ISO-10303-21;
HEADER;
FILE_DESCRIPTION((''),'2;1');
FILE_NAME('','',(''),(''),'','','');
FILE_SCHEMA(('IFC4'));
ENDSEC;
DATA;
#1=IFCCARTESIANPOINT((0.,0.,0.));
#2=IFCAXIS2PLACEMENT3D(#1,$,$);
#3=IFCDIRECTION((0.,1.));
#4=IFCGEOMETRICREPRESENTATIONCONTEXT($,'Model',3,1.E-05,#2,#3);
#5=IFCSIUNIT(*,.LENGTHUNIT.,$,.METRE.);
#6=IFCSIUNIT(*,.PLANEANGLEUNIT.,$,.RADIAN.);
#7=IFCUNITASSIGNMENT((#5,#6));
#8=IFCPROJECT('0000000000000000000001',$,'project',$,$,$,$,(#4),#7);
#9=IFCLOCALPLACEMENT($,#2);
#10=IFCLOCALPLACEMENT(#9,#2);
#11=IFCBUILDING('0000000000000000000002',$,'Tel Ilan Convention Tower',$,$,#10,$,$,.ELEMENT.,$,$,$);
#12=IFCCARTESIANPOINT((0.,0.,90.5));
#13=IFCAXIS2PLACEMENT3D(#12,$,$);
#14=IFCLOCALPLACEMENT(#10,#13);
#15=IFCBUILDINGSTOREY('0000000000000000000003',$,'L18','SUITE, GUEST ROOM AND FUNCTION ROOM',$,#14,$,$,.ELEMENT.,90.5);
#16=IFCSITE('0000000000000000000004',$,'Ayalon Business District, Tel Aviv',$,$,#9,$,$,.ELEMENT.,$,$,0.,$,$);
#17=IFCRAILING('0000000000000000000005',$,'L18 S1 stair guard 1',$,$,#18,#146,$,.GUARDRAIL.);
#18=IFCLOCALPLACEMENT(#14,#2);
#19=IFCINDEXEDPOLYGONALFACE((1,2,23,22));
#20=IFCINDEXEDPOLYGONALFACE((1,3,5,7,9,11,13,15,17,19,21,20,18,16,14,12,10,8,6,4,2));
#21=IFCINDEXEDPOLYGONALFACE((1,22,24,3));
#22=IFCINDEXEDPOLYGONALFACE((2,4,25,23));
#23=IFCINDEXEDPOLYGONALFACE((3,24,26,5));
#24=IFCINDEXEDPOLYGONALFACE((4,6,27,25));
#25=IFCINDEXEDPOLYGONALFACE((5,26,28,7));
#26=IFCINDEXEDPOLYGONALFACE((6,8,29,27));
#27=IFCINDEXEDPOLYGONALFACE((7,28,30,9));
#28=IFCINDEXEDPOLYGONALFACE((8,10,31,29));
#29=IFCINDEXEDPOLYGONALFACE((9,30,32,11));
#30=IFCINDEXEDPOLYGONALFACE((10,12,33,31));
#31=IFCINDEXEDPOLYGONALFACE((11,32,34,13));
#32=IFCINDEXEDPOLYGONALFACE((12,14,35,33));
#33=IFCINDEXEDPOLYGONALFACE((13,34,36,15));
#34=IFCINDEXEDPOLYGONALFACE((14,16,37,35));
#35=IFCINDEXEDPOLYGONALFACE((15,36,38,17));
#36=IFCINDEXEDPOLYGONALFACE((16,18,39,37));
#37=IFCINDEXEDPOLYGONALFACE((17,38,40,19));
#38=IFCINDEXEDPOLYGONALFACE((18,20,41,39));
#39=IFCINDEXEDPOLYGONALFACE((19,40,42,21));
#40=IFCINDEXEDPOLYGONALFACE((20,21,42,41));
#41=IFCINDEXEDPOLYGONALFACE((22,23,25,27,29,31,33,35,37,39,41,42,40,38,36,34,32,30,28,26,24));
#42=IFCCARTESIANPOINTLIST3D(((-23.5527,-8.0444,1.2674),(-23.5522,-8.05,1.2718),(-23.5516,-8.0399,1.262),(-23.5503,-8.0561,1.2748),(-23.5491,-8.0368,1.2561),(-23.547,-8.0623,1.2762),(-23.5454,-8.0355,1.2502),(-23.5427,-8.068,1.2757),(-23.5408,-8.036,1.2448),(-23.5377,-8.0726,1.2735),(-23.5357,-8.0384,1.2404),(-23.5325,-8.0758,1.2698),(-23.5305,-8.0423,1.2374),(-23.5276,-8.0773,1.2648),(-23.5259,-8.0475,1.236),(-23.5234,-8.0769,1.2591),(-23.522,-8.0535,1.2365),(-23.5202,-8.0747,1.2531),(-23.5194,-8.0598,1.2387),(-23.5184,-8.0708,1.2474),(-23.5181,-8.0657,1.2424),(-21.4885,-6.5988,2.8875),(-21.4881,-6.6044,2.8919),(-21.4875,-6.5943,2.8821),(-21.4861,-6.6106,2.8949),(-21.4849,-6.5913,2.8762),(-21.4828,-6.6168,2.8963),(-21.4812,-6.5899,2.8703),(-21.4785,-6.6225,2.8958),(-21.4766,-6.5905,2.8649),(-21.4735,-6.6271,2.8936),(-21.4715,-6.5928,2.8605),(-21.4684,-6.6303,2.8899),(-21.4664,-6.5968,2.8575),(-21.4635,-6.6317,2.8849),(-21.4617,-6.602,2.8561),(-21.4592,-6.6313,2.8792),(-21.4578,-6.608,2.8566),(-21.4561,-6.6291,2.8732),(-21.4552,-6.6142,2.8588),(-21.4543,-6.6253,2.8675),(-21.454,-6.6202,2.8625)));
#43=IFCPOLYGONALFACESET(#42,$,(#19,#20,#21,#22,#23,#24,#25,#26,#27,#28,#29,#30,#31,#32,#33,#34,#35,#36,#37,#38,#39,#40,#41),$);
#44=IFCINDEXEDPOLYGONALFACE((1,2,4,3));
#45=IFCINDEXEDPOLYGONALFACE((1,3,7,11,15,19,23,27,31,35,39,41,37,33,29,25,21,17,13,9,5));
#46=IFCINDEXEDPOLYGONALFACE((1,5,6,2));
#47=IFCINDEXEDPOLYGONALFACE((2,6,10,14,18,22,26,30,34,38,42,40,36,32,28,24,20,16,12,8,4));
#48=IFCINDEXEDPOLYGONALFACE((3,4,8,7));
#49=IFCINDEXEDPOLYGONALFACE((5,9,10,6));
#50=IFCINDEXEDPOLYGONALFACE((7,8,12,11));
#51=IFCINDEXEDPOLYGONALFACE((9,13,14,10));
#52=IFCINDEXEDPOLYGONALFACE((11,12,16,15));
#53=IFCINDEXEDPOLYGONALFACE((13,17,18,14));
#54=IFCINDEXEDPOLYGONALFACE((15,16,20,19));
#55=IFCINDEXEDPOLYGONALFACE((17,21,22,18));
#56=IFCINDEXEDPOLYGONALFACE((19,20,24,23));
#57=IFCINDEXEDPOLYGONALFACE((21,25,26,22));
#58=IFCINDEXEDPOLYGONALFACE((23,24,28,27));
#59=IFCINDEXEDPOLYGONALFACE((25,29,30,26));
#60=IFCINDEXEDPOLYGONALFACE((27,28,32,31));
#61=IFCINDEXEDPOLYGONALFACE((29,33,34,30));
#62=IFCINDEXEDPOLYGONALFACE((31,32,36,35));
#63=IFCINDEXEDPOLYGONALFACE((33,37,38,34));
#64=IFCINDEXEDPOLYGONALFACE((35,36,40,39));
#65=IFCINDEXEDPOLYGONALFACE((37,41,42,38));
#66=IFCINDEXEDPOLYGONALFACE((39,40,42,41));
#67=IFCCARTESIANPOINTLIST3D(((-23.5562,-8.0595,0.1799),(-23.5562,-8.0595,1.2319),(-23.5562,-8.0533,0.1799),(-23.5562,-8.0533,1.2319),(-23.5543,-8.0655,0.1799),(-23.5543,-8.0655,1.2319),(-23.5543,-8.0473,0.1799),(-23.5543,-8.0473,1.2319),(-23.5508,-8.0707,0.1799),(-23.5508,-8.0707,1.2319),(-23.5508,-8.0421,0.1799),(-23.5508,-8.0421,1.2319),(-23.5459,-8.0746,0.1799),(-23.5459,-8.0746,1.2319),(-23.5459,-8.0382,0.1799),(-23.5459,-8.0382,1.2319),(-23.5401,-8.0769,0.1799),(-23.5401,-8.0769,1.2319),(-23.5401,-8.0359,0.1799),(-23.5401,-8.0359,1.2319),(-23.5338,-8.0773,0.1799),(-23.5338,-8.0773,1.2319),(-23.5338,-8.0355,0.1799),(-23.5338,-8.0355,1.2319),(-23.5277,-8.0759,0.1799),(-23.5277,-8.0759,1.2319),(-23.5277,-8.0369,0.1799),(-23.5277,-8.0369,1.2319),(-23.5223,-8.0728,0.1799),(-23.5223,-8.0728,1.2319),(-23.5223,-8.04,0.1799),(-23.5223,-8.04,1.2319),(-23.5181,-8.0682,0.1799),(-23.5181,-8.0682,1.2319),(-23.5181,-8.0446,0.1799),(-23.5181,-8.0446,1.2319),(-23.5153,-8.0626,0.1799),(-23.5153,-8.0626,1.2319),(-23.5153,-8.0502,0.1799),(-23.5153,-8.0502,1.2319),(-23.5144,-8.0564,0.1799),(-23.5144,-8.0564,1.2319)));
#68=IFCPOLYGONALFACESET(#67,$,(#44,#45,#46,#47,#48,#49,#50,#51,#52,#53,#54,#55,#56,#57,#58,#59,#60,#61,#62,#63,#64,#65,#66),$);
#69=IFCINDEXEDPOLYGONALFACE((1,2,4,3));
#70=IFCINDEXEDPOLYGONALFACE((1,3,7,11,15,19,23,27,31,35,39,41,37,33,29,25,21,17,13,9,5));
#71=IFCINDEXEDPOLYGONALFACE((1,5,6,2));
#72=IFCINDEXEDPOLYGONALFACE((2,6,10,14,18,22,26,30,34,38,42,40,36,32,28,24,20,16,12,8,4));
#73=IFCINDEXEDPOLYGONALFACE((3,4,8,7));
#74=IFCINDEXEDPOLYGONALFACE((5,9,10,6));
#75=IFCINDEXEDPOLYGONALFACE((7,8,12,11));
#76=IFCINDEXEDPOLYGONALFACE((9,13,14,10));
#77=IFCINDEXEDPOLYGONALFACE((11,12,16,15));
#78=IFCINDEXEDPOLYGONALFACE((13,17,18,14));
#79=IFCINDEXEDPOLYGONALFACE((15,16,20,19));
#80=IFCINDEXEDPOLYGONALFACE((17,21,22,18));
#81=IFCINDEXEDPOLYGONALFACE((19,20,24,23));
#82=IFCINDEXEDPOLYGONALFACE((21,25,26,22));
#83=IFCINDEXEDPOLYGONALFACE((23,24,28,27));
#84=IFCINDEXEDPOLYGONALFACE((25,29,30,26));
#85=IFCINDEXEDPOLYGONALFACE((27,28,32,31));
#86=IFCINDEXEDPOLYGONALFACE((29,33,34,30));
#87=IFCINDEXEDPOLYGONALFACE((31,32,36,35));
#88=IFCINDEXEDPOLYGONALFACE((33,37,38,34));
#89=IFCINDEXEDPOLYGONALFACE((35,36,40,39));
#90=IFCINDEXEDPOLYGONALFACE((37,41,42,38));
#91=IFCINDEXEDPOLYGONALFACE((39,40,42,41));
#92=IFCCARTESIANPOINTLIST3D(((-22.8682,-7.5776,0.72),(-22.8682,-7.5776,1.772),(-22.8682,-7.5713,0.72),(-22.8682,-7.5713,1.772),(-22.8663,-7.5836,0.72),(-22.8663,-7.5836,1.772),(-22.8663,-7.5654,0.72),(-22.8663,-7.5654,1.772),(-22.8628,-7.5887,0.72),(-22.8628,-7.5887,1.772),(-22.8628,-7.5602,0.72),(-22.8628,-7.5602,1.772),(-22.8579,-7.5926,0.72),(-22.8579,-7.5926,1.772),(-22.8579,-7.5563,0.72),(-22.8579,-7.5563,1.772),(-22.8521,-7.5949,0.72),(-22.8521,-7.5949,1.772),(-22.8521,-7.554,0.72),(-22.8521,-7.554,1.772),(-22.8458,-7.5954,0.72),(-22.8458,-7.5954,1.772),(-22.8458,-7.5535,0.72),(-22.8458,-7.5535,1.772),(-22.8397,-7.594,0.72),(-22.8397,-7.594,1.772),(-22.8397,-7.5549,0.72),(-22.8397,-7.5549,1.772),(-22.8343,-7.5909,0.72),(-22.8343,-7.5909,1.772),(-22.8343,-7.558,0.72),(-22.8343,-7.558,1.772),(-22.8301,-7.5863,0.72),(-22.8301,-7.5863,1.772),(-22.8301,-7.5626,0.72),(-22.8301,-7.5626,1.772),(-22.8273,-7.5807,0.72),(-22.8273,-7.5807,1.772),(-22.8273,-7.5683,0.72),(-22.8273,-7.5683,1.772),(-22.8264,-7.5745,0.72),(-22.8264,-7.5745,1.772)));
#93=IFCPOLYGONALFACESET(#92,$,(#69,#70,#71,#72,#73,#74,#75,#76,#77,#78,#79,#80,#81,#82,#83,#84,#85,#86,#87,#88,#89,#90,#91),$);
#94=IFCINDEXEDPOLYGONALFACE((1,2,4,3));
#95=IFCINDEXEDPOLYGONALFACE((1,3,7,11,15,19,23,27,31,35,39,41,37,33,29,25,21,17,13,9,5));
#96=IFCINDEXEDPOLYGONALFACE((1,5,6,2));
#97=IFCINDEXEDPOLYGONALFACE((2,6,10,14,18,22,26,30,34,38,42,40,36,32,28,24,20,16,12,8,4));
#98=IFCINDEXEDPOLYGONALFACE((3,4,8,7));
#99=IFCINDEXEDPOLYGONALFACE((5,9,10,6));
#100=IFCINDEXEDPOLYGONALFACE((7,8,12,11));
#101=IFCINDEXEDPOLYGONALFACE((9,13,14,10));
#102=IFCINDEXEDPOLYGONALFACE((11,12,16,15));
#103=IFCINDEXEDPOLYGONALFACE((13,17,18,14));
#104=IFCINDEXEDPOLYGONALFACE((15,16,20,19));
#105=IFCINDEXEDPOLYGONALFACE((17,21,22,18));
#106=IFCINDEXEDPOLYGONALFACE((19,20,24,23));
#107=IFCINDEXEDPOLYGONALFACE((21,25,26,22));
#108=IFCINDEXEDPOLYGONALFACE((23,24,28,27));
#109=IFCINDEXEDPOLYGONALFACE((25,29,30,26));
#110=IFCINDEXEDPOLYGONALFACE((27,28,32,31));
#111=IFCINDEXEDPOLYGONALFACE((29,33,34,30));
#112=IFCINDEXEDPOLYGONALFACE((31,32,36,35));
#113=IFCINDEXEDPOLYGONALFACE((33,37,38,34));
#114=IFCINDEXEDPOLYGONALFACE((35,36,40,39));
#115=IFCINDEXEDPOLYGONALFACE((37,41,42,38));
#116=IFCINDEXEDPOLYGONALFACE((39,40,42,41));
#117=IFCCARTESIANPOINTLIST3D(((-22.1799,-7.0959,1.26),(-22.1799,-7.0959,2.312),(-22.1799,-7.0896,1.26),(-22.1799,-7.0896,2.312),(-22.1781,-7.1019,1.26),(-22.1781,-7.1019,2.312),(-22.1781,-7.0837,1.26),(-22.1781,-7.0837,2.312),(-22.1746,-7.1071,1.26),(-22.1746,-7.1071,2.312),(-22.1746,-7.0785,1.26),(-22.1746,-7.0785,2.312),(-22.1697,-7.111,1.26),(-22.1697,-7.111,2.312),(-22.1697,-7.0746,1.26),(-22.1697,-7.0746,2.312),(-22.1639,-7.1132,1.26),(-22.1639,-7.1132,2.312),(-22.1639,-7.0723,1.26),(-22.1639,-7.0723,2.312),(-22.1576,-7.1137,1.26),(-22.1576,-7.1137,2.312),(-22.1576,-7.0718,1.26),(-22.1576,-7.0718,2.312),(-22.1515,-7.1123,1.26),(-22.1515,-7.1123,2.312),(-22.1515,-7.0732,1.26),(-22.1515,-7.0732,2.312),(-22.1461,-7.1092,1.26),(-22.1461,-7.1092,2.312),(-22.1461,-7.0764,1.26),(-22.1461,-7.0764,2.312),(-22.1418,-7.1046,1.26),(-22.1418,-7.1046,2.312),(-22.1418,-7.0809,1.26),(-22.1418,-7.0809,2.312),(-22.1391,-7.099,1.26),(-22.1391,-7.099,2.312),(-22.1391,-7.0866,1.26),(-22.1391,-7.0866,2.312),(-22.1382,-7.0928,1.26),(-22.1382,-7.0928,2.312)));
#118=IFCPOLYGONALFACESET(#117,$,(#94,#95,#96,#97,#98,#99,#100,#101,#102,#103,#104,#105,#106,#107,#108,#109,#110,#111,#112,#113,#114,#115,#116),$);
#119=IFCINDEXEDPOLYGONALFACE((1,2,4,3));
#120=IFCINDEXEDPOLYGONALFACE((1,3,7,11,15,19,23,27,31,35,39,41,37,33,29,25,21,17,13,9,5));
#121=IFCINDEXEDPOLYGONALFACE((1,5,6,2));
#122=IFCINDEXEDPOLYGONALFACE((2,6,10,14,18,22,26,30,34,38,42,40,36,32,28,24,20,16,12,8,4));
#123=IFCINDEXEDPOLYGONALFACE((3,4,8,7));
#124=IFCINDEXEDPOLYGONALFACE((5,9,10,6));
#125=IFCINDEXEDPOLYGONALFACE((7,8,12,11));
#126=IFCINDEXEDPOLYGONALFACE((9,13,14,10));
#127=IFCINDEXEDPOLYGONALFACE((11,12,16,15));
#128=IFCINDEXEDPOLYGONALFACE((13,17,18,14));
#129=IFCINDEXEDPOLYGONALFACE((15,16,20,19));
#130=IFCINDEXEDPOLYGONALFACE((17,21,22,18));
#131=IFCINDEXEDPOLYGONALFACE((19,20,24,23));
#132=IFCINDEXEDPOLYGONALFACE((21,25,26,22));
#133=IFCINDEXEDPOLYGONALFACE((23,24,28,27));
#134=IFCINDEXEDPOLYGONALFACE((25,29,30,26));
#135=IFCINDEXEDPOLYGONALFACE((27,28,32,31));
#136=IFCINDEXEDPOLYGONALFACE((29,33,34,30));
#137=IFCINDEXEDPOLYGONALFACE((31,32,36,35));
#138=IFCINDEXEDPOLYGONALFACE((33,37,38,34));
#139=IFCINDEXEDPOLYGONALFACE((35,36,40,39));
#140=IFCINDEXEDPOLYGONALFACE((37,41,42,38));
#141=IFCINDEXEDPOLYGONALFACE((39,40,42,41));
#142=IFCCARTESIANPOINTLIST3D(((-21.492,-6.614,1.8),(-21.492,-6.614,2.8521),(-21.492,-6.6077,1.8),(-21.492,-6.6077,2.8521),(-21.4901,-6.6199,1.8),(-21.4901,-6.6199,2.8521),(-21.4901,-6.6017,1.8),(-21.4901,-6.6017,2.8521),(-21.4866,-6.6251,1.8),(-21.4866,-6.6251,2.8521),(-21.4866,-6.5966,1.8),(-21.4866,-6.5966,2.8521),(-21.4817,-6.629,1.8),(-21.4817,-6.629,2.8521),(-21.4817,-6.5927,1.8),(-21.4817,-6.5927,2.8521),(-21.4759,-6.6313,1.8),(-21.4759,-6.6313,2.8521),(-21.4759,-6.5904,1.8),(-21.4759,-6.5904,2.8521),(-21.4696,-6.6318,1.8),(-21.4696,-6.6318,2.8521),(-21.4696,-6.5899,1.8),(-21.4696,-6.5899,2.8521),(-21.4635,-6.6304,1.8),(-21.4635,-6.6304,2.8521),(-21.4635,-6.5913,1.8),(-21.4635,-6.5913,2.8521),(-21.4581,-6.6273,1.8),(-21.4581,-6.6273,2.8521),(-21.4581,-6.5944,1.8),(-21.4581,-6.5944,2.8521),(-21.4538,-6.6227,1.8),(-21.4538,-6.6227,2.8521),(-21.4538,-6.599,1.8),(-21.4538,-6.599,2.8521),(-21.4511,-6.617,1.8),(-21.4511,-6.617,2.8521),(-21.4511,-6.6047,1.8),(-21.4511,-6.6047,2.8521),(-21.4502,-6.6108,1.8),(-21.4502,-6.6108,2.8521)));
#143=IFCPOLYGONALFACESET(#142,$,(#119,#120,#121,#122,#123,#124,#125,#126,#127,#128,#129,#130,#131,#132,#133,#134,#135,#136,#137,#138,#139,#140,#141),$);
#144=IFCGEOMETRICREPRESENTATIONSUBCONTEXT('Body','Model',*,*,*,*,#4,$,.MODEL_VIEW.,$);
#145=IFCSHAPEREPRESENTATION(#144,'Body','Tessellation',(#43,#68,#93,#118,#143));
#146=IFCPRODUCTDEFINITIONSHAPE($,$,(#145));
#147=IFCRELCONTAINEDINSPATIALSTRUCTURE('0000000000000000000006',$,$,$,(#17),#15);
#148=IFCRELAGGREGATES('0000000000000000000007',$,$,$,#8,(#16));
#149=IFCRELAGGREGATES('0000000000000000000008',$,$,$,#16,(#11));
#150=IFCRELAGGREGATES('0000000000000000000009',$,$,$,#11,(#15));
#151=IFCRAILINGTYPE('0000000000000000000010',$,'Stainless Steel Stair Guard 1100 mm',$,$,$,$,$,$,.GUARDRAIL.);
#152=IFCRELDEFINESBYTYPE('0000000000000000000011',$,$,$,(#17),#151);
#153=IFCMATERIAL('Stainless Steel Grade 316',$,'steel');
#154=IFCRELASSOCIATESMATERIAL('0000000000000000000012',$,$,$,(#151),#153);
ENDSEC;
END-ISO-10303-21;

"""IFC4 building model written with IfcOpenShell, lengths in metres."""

from ifc_helpers import new_model, si_unit, direction, frame, origin, origin_2d, place, context, subcontext, project, spatial, circle, extrude, material, type_object, element, save


model = new_model("IFC4")

# Units and contexts
model_context = context("Model", 3, precision=1e-05, world=origin(), true_north=direction((0.0, 1.0)))
body_context = subcontext(model_context, "Body", "Model", "MODEL_VIEW")
ifc_project = project(units=[si_unit("LENGTHUNIT", "METRE"), si_unit("PLANEANGLEUNIT", "RADIAN")], contexts=[model_context])

# Site, building, storey
site_placement = place(None, origin())
site = spatial("IfcSite", under=ifc_project, at=site_placement, Name="Ayalon Business District, Tel Aviv", CompositionType="ELEMENT", RefElevation=0.0)
building_placement = place(site_placement, origin())
building = spatial("IfcBuilding", under=site, at=building_placement, Name="Tel Ilan Convention Tower", CompositionType="ELEMENT")
storey_placement = place(building_placement, frame((0.0, 0.0, 90.5)))
storey = spatial("IfcBuildingStorey", under=building, at=storey_placement, Name="L18", Description="SUITE, GUEST ROOM AND FUNCTION ROOM", CompositionType="ELEMENT", Elevation=90.5)

# Railing
ifc_material_1 = material(Name="Stainless Steel Grade 316", Category="steel")
railing_type_1 = type_object("IfcRailingType", Name="Stainless Steel Stair Guard 1100 mm", PredefinedType="GUARDRAIL", material=ifc_material_1)
railing_1_placement = place(storey_placement, frame((-23.5354, -8.0564, 0.1799)))
element("IfcRailing", 1, at=railing_1_placement, inside=storey, type_object=railing_type_1, Name="L18 S1 stair guard 1", PredefinedType="GUARDRAIL", context=body_context, shape_type="SweptSolid", body=[
    extrude(circle(Radius=0.0239, at=origin_2d()), frame((0.0, 0.0, 1.0762), z_axis=(0.689013, 0.482513, 0.540779), x_axis=(-0.573625, 0.819118, 0.0)), (0.0, 0.0, 1.0), 2.9958),
    extrude(circle(Radius=0.021, at=origin_2d()), origin(), (0.0, 0.0, 1.0), 1.052),
    extrude(circle(Radius=0.021, at=origin_2d()), frame((0.688, 0.4819, 0.54)), (0.0, 0.0, 1.0), 1.052),
    extrude(circle(Radius=0.021, at=origin_2d()), frame((1.3762, 0.9636, 1.0801)), (0.0, 0.0, 1.0), 1.052),
    extrude(circle(Radius=0.021, at=origin_2d()), frame((2.0642, 1.4456, 1.6201)), (0.0, 0.0, 1.0), 1.052),
])

save(model, "model.ifc")
